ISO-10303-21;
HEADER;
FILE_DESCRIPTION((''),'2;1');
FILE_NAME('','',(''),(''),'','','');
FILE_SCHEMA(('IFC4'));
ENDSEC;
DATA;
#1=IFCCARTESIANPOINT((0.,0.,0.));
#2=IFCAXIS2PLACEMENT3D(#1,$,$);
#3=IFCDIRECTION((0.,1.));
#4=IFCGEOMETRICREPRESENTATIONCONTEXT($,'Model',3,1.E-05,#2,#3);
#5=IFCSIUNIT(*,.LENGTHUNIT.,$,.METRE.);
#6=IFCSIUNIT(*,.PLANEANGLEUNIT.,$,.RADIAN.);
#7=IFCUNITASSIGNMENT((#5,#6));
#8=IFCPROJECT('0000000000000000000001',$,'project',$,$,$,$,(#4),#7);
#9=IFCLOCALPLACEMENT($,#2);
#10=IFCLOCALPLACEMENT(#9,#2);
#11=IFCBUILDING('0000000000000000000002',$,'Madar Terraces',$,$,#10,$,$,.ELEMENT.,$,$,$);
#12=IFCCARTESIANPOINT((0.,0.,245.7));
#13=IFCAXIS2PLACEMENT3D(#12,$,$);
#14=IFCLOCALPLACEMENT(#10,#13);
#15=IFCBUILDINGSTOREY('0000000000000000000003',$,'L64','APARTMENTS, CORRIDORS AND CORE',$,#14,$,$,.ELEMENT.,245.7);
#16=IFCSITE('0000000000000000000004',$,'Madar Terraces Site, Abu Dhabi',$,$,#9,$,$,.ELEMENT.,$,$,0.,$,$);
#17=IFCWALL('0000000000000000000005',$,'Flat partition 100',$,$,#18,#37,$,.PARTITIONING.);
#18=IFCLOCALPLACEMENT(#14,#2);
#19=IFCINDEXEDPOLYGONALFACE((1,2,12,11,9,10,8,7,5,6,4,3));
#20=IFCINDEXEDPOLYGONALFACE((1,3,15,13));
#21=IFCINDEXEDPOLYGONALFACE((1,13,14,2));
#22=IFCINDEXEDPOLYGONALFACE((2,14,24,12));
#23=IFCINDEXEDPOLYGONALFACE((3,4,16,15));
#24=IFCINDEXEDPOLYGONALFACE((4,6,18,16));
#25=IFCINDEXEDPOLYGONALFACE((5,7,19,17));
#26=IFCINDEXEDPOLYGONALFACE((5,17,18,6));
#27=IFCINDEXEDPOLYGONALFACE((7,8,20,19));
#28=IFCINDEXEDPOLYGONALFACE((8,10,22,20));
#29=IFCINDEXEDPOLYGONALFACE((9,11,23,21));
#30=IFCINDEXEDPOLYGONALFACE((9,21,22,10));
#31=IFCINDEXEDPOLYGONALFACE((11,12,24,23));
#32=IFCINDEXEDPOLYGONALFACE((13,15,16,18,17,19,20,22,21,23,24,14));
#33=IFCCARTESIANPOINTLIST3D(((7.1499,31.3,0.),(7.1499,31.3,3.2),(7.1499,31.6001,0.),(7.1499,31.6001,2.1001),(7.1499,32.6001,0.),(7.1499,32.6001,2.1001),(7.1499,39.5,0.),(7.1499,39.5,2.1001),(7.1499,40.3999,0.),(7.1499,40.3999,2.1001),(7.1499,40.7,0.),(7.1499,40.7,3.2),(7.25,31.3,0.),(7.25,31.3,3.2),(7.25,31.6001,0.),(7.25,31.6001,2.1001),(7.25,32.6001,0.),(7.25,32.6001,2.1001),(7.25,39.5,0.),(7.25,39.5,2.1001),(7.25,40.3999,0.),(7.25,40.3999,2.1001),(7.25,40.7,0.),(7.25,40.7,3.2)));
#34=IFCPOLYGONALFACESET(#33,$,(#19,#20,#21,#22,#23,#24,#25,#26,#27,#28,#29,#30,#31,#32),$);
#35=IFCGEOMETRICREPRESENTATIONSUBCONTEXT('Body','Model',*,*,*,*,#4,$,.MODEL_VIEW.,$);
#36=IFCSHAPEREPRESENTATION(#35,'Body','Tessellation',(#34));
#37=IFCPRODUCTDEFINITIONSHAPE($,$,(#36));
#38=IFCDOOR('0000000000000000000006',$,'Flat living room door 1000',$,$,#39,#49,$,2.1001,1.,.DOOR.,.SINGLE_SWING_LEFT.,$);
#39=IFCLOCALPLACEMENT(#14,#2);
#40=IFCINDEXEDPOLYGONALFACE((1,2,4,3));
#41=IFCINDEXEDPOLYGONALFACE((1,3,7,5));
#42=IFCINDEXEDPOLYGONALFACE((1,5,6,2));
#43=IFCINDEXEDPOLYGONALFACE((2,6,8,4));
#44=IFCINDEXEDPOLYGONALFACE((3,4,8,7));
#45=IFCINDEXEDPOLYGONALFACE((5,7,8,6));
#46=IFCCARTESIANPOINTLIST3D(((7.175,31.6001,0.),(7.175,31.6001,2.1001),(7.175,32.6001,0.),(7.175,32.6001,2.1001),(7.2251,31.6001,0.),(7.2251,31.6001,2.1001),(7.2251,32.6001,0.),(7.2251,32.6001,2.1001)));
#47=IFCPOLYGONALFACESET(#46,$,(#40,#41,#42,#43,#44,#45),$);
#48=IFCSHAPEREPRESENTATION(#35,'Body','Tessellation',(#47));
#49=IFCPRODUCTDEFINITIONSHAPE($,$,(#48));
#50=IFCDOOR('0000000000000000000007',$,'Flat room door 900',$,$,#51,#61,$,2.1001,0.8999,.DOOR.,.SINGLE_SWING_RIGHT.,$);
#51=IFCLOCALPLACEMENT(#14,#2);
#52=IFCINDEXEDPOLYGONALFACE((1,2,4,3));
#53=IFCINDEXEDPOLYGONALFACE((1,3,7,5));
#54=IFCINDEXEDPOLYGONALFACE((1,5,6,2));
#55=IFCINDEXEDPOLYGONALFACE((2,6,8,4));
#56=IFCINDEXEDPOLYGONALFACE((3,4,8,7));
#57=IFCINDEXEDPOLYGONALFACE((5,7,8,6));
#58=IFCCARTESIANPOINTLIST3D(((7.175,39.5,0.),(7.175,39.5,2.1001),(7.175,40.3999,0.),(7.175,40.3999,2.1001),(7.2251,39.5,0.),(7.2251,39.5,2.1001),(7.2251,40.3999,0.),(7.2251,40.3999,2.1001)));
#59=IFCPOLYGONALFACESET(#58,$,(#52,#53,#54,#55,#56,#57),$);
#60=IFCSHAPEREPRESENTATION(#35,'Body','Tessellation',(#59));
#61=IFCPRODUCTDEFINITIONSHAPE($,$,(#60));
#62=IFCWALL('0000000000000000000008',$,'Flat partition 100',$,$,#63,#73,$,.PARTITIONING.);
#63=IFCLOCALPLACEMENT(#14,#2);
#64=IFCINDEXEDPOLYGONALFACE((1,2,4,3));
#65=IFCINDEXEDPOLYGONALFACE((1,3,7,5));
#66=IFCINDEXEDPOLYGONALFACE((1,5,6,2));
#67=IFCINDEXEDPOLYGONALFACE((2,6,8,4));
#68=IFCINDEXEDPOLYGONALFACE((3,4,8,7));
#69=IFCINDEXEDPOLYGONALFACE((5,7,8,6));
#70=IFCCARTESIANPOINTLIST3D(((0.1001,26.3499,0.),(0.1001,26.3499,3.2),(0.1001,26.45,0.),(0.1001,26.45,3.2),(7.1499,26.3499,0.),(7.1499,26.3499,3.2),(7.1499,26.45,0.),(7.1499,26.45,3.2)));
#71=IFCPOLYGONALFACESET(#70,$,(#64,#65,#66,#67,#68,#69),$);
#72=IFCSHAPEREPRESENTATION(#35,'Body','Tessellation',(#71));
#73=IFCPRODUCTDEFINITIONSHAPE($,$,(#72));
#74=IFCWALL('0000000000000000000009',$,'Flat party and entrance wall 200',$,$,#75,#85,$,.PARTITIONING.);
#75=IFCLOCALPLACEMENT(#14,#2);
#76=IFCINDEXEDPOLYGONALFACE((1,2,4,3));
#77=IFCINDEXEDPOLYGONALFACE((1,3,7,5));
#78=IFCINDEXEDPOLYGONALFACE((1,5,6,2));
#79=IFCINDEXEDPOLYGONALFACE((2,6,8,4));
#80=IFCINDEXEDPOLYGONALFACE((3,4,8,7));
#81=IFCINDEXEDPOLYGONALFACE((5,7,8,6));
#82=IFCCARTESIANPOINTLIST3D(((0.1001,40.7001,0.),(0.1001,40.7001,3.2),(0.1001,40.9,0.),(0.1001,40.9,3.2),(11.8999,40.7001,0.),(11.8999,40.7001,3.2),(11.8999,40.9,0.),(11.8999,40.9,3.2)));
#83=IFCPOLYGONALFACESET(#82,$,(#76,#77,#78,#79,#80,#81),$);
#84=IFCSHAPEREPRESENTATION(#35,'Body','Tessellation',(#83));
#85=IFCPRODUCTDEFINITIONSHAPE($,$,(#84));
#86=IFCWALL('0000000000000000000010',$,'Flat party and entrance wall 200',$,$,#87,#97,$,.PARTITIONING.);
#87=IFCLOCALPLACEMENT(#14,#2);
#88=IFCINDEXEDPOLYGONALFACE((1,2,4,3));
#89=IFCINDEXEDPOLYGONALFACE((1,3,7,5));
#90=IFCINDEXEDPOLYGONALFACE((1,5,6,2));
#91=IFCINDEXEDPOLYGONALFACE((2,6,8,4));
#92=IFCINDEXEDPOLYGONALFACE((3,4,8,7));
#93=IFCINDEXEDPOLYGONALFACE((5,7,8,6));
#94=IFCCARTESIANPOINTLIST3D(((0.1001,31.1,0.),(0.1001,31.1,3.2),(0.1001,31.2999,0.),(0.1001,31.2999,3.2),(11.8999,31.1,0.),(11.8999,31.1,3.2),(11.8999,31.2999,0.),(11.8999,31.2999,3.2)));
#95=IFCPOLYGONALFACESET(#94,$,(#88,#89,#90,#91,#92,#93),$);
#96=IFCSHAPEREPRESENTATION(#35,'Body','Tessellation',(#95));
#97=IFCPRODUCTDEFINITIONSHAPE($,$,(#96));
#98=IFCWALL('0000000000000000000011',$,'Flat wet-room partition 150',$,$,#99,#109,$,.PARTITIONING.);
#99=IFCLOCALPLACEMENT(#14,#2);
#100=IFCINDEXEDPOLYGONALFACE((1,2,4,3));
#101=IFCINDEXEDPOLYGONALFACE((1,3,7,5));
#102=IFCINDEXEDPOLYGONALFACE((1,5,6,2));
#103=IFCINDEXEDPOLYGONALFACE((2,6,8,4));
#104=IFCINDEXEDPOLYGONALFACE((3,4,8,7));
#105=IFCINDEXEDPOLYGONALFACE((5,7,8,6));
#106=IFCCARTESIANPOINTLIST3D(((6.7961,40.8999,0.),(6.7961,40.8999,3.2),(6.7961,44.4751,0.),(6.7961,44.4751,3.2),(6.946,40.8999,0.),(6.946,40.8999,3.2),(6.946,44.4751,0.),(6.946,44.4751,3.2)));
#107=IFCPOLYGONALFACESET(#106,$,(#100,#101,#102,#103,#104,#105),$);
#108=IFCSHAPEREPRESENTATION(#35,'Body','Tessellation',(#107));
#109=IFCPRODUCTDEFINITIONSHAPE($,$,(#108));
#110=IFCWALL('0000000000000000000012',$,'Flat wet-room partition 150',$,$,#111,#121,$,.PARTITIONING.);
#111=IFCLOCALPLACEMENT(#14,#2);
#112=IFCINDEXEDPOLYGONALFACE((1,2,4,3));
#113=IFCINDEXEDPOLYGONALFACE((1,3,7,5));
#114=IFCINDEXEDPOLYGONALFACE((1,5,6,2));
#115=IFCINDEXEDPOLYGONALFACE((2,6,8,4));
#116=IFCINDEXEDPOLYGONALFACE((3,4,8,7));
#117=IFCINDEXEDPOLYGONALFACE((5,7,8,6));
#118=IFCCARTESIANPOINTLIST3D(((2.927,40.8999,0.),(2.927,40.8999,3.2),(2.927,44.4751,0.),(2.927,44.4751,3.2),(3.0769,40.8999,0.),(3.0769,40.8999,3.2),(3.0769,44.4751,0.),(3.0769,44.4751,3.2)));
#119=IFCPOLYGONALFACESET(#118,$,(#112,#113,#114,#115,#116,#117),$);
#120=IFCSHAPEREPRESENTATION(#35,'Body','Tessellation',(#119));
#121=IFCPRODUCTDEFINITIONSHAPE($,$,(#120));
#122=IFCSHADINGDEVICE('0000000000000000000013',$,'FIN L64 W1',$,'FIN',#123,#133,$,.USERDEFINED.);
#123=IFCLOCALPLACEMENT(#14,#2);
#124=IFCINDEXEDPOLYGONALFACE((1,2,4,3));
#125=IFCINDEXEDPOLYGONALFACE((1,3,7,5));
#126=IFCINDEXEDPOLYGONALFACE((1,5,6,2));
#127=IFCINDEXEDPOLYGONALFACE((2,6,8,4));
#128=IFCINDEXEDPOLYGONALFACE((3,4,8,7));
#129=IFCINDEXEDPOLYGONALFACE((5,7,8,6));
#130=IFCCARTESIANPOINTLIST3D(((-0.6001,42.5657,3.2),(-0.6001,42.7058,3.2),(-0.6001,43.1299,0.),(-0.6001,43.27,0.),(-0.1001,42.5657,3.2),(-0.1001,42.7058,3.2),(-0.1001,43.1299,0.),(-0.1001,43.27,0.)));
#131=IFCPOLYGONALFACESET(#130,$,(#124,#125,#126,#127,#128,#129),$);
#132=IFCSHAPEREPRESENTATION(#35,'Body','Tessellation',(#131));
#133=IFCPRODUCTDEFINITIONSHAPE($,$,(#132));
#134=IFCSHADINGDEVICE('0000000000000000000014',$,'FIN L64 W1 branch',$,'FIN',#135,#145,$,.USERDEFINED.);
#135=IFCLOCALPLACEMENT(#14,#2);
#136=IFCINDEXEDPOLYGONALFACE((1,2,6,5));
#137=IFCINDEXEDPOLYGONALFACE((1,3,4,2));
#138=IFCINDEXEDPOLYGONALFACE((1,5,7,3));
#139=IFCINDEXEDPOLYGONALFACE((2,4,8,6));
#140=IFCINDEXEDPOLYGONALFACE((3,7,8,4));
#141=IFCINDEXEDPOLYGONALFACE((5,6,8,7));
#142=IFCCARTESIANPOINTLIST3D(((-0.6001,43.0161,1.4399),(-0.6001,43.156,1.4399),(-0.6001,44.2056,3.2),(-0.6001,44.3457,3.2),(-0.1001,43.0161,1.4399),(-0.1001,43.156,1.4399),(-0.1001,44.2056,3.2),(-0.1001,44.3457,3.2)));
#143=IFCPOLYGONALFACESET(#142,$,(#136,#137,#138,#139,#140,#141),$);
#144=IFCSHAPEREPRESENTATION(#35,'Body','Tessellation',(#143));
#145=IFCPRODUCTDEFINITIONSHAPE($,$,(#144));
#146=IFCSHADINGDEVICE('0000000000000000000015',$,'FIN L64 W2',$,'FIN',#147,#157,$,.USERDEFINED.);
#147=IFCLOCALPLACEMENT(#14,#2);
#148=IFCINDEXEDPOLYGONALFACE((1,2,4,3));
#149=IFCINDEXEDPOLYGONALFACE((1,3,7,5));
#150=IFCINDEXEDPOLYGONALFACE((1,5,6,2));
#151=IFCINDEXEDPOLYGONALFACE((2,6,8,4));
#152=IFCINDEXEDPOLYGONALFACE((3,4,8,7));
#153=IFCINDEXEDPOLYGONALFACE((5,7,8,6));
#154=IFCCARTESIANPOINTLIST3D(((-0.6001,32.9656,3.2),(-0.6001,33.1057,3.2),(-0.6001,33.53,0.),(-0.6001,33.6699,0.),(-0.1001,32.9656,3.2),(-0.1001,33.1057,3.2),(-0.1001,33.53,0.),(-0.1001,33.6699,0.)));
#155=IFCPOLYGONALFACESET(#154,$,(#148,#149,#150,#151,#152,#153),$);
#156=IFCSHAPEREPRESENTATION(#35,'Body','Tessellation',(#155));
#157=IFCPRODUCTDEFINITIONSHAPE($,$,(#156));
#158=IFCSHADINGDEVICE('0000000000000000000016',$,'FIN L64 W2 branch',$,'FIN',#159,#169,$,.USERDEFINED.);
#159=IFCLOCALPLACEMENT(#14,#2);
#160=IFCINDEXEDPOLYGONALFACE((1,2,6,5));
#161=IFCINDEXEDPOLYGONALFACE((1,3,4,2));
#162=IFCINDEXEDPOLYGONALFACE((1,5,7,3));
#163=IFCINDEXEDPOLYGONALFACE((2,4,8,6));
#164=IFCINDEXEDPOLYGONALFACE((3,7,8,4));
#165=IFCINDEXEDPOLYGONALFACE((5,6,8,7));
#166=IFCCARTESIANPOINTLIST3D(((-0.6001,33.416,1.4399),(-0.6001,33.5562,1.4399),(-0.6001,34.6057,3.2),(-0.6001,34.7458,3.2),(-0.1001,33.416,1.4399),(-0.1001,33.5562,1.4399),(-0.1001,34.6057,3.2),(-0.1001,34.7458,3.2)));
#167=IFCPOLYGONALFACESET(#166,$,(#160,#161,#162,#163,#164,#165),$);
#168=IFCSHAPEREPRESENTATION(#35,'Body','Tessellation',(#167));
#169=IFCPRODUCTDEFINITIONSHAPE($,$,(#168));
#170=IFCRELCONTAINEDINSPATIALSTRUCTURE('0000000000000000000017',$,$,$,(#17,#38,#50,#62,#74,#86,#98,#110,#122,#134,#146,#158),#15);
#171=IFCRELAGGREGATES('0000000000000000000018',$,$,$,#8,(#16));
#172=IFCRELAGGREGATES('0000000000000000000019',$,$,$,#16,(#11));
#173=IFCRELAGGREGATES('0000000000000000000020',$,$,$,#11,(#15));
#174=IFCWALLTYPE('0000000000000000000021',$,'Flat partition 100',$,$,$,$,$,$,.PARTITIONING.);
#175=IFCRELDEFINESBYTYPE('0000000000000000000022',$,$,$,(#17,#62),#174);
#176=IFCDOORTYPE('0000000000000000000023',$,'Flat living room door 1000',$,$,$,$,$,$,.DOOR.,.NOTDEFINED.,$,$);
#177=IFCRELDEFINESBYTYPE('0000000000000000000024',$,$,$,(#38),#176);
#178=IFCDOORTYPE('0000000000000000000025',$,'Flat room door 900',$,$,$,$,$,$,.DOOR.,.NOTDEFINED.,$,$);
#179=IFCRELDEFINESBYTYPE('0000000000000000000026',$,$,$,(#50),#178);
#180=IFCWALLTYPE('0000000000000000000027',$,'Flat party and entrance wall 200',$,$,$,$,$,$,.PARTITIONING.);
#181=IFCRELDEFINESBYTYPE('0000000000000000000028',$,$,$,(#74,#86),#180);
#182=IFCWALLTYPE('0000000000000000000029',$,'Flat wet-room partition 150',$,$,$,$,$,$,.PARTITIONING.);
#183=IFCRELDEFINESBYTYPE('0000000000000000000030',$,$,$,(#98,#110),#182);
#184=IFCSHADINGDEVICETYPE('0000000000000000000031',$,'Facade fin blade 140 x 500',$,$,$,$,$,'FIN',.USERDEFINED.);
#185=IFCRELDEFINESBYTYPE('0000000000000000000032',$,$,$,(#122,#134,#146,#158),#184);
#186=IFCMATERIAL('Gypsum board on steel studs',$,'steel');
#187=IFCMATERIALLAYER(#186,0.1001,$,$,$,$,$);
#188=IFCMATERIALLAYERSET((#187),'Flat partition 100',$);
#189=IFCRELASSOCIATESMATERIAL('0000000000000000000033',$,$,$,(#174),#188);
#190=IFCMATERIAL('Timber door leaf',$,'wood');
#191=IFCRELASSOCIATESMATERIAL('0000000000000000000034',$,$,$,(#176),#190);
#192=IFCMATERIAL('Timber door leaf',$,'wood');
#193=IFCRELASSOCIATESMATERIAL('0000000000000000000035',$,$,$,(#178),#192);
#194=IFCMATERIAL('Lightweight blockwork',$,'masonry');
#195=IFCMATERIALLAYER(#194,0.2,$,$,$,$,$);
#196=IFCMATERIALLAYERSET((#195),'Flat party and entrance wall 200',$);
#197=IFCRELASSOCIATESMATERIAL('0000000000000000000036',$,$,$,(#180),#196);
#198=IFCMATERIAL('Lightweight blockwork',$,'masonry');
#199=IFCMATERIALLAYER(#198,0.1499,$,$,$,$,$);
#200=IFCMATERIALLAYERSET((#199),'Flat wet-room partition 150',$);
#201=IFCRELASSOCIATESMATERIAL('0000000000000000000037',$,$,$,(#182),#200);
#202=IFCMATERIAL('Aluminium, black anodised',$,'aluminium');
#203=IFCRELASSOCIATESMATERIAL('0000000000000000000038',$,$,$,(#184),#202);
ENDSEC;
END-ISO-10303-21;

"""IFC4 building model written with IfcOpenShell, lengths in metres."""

from ifc_helpers import new_model, si_unit, direction, frame, frame_2d, origin, place, context, subcontext, project, spatial, polyline, rectangle, outline, extrude, material, layer, layer_set, type_object, element, fill, save


model = new_model("IFC4")

# Units and contexts
model_context = context("Model", 3, precision=1e-05, world=origin(), true_north=direction((0.0, 1.0)))
body_context = subcontext(model_context, "Body", "Model", "MODEL_VIEW")
ifc_project = project(units=[si_unit("LENGTHUNIT", "METRE"), si_unit("PLANEANGLEUNIT", "RADIAN")], contexts=[model_context])

# Site, building, storey
site_placement = place(None, origin())
site = spatial("IfcSite", under=ifc_project, at=site_placement, Name="Madar Terraces Site, Abu Dhabi", CompositionType="ELEMENT", RefElevation=0.0)
building_placement = place(site_placement, origin())
building = spatial("IfcBuilding", under=site, at=building_placement, Name="Madar Terraces", CompositionType="ELEMENT")
storey_placement = place(building_placement, frame((0.0, 0.0, 245.7)))
storey = spatial("IfcBuildingStorey", under=building, at=storey_placement, Name="L64", Description="APARTMENTS, CORRIDORS AND CORE", CompositionType="ELEMENT", Elevation=245.7)

# Shared definitions
ifc_material_1 = material(Name="Gypsum board on steel studs", Category="steel")
ifc_layer_1 = layer(ifc_material_1, 0.1001)
ifc_layer_set_1 = layer_set([ifc_layer_1], Name="Flat partition 100")
wall_type_1 = type_object("IfcWallType", Name="Flat partition 100", PredefinedType="PARTITIONING", material=ifc_layer_set_1)

# Wall, openings, doors
wall_1_placement = place(storey_placement, frame((7.2, 31.3, 0.0), z_axis=(0.0, 0.0, 1.0), x_axis=(0.0, 1.0, 0.0)))
wall_1 = element("IfcWall", 1, at=wall_1_placement, inside=storey, type_object=wall_type_1, Name="Flat partition 100", PredefinedType="PARTITIONING", context=body_context, shape_type="SweptSolid", body=[
    extrude(rectangle(XDim=9.3999, YDim=0.1001, at=frame_2d((4.7, 0.0))), origin(), (0.0, 0.0, 1.0), 3.2),
])
opening_1_placement = place(wall_1_placement, frame((8.2, 0.0, 0.0)))
opening_1 = element("IfcOpeningElement", 2, at=opening_1_placement, cuts=wall_1, PredefinedType="OPENING", context=body_context, shape_type="SweptSolid", body=[
    extrude(rectangle(XDim=0.8999, YDim=2.1001, at=frame_2d((0.45, 1.05))), frame((0.0, 0.0601, 0.0), z_axis=(0.0, -1.0, 0.0), x_axis=(1.0, 0.0, 0.0)), (0.0, 0.0, 1.0), 0.1201),
])
opening_2_placement = place(wall_1_placement, frame((0.3, 0.0, 0.0)))
opening_2 = element("IfcOpeningElement", 3, at=opening_2_placement, cuts=wall_1, PredefinedType="OPENING", context=body_context, shape_type="SweptSolid", body=[
    extrude(rectangle(XDim=1.0, YDim=2.1001, at=frame_2d((0.5, 1.05))), frame((0.0, 0.0601, 0.0), z_axis=(0.0, -1.0, 0.0), x_axis=(1.0, 0.0, 0.0)), (0.0, 0.0, 1.0), 0.1201),
])
ifc_material_2 = material(Name="Timber door leaf", Category="wood")
door_type_1 = type_object("IfcDoorType", Name="Flat living room door 1000", OperationType="NOTDEFINED", PredefinedType="DOOR", material=ifc_material_2)
door_1_placement = place(opening_2_placement, origin())
door_1 = element("IfcDoor", 4, at=door_1_placement, inside=storey, type_object=door_type_1, Name="Flat living room door 1000", OperationType="SINGLE_SWING_LEFT", OverallHeight=2.1001, OverallWidth=1.0, PredefinedType="DOOR", context=body_context, shape_type="SweptSolid", body=[
    extrude(rectangle(XDim=1.0, YDim=2.1001, at=frame_2d((0.5, 1.05))), frame((0.0, 0.0249, 0.0), z_axis=(0.0, -1.0, 0.0), x_axis=(1.0, 0.0, 0.0)), (0.0, 0.0, 1.0), 0.05),
])
fill(opening_2, door_1)
ifc_material_3 = material(Name="Timber door leaf", Category="wood")
door_type_2 = type_object("IfcDoorType", Name="Flat room door 900", OperationType="NOTDEFINED", PredefinedType="DOOR", material=ifc_material_3)
door_2_placement = place(opening_1_placement, origin())
door_2 = element("IfcDoor", 5, at=door_2_placement, inside=storey, type_object=door_type_2, Name="Flat room door 900", OperationType="SINGLE_SWING_RIGHT", OverallHeight=2.1001, OverallWidth=0.8999, PredefinedType="DOOR", context=body_context, shape_type="SweptSolid", body=[
    extrude(rectangle(XDim=0.8999, YDim=2.1001, at=frame_2d((0.45, 1.05))), frame((0.0, 0.0249, 0.0), z_axis=(0.0, -1.0, 0.0), x_axis=(1.0, 0.0, 0.0)), (0.0, 0.0, 1.0), 0.05),
])
fill(opening_1, door_2)

# Walls
wall_2_placement = place(storey_placement, frame((7.1499, 26.3999, 0.0), z_axis=(0.0, 0.0, 1.0), x_axis=(-1.0, 0.0, 0.0)))
element("IfcWall", 6, at=wall_2_placement, inside=storey, type_object=wall_type_1, Name="Flat partition 100", PredefinedType="PARTITIONING", context=body_context, shape_type="SweptSolid", body=[
    extrude(rectangle(XDim=7.0498, YDim=0.1001, at=frame_2d((3.5249, 0.0))), origin(), (0.0, 0.0, 1.0), 3.2),
])
ifc_material_4 = material(Name="Lightweight blockwork", Category="masonry")
ifc_layer_2 = layer(ifc_material_4, 0.2)
ifc_layer_set_2 = layer_set([ifc_layer_2], Name="Flat party and entrance wall 200")
wall_type_2 = type_object("IfcWallType", Name="Flat party and entrance wall 200", PredefinedType="PARTITIONING", material=ifc_layer_set_2)
for number, where, z_axis, x_axis, name in (
    (7, (0.1001, 40.8, 0.0), (0.0, 0.0, 1.0), (1.0, 0.0, 0.0), "Flat party and entrance wall 200"),
    (8, (0.1001, 31.2, 0.0), (0.0, 0.0, 1.0), (1.0, 0.0, 0.0), "Flat party and entrance wall 200"),
):
    element("IfcWall", number, at=place(storey_placement, frame(where, z_axis=z_axis, x_axis=x_axis)), inside=storey, type_object=wall_type_2, Name=name, PredefinedType="PARTITIONING", context=body_context, shape_type="SweptSolid", body=[
        extrude(rectangle(XDim=11.7998, YDim=0.2, at=frame_2d((5.8999, 0.0))), origin(), (0.0, 0.0, 1.0), 3.2),
    ])
ifc_material_5 = material(Name="Lightweight blockwork", Category="masonry")
ifc_layer_3 = layer(ifc_material_5, 0.1499)
ifc_layer_set_3 = layer_set([ifc_layer_3], Name="Flat wet-room partition 150")
wall_type_3 = type_object("IfcWallType", Name="Flat wet-room partition 150", PredefinedType="PARTITIONING", material=ifc_layer_set_3)
for number, where, z_axis, x_axis, name in (
    (9, (6.8711, 40.8999, 0.0), (0.0, 0.0, 1.0), (0.0, 1.0, 0.0), "Flat wet-room partition 150"),
    (10, (3.002, 40.8999, 0.0), (0.0, 0.0, 1.0), (0.0, 1.0, 0.0), "Flat wet-room partition 150"),
):
    element("IfcWall", number, at=place(storey_placement, frame(where, z_axis=z_axis, x_axis=x_axis)), inside=storey, type_object=wall_type_3, Name=name, PredefinedType="PARTITIONING", context=body_context, shape_type="SweptSolid", body=[
        extrude(rectangle(XDim=3.5752, YDim=0.1499, at=frame_2d((1.7876, 0.0))), origin(), (0.0, 0.0, 1.0), 3.2),
    ])

# Shading devices
ifc_material_6 = material(Name="Aluminium, black anodised", Category="aluminium")
shading_device_type = type_object("IfcShadingDeviceType", Name="Facade fin blade 140 x 500", ElementType="FIN", PredefinedType="USERDEFINED", material=ifc_material_6)
shading_device_1_placement = place(storey_placement, frame((-0.3501, 43.27, 0.0), z_axis=(0.0, 0.0, 1.0), x_axis=(0.0, -1.0, 0.0)))
element("IfcShadingDevice", 11, at=shading_device_1_placement, inside=storey, type_object=shading_device_type, Name="FIN L64 W1", ObjectType="FIN", PredefinedType="USERDEFINED", context=body_context, shape_type="SweptSolid", body=[
    extrude(outline(polyline([(0.0, 0.0), (0.1401, 0.0), (0.7043, 3.2), (0.5642, 3.2), (0.0, 0.0)])), frame((0.0, 0.25, 0.0), z_axis=(0.0, -1.0, 0.0), x_axis=(1.0, 0.0, 0.0)), (0.0, 0.0, 1.0), 0.5),
])
shading_device_2_placement = place(storey_placement, frame((-0.3501, 43.156, 1.4399), z_axis=(0.0, 0.0, 1.0), x_axis=(0.0, -1.0, 0.0)))
element("IfcShadingDevice", 12, at=shading_device_2_placement, inside=storey, type_object=shading_device_type, Name="FIN L64 W1 branch", ObjectType="FIN", PredefinedType="USERDEFINED", context=body_context, shape_type="SweptSolid", body=[
    extrude(outline(polyline([(0.0, 0.0), (0.1399, 0.0), (-1.0496, 1.76), (-1.1897, 1.76), (0.0, 0.0)])), frame((0.0, 0.25, 0.0), z_axis=(0.0, -1.0, 0.0), x_axis=(1.0, 0.0, 0.0)), (0.0, 0.0, 1.0), 0.5),
])
shading_device_3_placement = place(storey_placement, frame((-0.3501, 33.6699, 0.0), z_axis=(0.0, 0.0, 1.0), x_axis=(0.0, -1.0, 0.0)))
element("IfcShadingDevice", 13, at=shading_device_3_placement, inside=storey, type_object=shading_device_type, Name="FIN L64 W2", ObjectType="FIN", PredefinedType="USERDEFINED", context=body_context, shape_type="SweptSolid", body=[
    extrude(outline(polyline([(0.0, 0.0), (0.1399, 0.0), (0.7043, 3.2), (0.5642, 3.2), (0.0, 0.0)])), frame((0.0, 0.25, 0.0), z_axis=(0.0, -1.0, 0.0), x_axis=(1.0, 0.0, 0.0)), (0.0, 0.0, 1.0), 0.5),
])
shading_device_4_placement = place(storey_placement, frame((-0.3501, 33.5562, 1.4399), z_axis=(0.0, 0.0, 1.0), x_axis=(0.0, -1.0, 0.0)))
element("IfcShadingDevice", 14, at=shading_device_4_placement, inside=storey, type_object=shading_device_type, Name="FIN L64 W2 branch", ObjectType="FIN", PredefinedType="USERDEFINED", context=body_context, shape_type="SweptSolid", body=[
    extrude(outline(polyline([(0.0, 0.0), (0.1401, 0.0), (-1.0496, 1.76), (-1.1897, 1.76), (0.0, 0.0)])), frame((0.0, 0.25, 0.0), z_axis=(0.0, -1.0, 0.0), x_axis=(1.0, 0.0, 0.0)), (0.0, 0.0, 1.0), 0.5),
])

save(model, "model.ifc")
